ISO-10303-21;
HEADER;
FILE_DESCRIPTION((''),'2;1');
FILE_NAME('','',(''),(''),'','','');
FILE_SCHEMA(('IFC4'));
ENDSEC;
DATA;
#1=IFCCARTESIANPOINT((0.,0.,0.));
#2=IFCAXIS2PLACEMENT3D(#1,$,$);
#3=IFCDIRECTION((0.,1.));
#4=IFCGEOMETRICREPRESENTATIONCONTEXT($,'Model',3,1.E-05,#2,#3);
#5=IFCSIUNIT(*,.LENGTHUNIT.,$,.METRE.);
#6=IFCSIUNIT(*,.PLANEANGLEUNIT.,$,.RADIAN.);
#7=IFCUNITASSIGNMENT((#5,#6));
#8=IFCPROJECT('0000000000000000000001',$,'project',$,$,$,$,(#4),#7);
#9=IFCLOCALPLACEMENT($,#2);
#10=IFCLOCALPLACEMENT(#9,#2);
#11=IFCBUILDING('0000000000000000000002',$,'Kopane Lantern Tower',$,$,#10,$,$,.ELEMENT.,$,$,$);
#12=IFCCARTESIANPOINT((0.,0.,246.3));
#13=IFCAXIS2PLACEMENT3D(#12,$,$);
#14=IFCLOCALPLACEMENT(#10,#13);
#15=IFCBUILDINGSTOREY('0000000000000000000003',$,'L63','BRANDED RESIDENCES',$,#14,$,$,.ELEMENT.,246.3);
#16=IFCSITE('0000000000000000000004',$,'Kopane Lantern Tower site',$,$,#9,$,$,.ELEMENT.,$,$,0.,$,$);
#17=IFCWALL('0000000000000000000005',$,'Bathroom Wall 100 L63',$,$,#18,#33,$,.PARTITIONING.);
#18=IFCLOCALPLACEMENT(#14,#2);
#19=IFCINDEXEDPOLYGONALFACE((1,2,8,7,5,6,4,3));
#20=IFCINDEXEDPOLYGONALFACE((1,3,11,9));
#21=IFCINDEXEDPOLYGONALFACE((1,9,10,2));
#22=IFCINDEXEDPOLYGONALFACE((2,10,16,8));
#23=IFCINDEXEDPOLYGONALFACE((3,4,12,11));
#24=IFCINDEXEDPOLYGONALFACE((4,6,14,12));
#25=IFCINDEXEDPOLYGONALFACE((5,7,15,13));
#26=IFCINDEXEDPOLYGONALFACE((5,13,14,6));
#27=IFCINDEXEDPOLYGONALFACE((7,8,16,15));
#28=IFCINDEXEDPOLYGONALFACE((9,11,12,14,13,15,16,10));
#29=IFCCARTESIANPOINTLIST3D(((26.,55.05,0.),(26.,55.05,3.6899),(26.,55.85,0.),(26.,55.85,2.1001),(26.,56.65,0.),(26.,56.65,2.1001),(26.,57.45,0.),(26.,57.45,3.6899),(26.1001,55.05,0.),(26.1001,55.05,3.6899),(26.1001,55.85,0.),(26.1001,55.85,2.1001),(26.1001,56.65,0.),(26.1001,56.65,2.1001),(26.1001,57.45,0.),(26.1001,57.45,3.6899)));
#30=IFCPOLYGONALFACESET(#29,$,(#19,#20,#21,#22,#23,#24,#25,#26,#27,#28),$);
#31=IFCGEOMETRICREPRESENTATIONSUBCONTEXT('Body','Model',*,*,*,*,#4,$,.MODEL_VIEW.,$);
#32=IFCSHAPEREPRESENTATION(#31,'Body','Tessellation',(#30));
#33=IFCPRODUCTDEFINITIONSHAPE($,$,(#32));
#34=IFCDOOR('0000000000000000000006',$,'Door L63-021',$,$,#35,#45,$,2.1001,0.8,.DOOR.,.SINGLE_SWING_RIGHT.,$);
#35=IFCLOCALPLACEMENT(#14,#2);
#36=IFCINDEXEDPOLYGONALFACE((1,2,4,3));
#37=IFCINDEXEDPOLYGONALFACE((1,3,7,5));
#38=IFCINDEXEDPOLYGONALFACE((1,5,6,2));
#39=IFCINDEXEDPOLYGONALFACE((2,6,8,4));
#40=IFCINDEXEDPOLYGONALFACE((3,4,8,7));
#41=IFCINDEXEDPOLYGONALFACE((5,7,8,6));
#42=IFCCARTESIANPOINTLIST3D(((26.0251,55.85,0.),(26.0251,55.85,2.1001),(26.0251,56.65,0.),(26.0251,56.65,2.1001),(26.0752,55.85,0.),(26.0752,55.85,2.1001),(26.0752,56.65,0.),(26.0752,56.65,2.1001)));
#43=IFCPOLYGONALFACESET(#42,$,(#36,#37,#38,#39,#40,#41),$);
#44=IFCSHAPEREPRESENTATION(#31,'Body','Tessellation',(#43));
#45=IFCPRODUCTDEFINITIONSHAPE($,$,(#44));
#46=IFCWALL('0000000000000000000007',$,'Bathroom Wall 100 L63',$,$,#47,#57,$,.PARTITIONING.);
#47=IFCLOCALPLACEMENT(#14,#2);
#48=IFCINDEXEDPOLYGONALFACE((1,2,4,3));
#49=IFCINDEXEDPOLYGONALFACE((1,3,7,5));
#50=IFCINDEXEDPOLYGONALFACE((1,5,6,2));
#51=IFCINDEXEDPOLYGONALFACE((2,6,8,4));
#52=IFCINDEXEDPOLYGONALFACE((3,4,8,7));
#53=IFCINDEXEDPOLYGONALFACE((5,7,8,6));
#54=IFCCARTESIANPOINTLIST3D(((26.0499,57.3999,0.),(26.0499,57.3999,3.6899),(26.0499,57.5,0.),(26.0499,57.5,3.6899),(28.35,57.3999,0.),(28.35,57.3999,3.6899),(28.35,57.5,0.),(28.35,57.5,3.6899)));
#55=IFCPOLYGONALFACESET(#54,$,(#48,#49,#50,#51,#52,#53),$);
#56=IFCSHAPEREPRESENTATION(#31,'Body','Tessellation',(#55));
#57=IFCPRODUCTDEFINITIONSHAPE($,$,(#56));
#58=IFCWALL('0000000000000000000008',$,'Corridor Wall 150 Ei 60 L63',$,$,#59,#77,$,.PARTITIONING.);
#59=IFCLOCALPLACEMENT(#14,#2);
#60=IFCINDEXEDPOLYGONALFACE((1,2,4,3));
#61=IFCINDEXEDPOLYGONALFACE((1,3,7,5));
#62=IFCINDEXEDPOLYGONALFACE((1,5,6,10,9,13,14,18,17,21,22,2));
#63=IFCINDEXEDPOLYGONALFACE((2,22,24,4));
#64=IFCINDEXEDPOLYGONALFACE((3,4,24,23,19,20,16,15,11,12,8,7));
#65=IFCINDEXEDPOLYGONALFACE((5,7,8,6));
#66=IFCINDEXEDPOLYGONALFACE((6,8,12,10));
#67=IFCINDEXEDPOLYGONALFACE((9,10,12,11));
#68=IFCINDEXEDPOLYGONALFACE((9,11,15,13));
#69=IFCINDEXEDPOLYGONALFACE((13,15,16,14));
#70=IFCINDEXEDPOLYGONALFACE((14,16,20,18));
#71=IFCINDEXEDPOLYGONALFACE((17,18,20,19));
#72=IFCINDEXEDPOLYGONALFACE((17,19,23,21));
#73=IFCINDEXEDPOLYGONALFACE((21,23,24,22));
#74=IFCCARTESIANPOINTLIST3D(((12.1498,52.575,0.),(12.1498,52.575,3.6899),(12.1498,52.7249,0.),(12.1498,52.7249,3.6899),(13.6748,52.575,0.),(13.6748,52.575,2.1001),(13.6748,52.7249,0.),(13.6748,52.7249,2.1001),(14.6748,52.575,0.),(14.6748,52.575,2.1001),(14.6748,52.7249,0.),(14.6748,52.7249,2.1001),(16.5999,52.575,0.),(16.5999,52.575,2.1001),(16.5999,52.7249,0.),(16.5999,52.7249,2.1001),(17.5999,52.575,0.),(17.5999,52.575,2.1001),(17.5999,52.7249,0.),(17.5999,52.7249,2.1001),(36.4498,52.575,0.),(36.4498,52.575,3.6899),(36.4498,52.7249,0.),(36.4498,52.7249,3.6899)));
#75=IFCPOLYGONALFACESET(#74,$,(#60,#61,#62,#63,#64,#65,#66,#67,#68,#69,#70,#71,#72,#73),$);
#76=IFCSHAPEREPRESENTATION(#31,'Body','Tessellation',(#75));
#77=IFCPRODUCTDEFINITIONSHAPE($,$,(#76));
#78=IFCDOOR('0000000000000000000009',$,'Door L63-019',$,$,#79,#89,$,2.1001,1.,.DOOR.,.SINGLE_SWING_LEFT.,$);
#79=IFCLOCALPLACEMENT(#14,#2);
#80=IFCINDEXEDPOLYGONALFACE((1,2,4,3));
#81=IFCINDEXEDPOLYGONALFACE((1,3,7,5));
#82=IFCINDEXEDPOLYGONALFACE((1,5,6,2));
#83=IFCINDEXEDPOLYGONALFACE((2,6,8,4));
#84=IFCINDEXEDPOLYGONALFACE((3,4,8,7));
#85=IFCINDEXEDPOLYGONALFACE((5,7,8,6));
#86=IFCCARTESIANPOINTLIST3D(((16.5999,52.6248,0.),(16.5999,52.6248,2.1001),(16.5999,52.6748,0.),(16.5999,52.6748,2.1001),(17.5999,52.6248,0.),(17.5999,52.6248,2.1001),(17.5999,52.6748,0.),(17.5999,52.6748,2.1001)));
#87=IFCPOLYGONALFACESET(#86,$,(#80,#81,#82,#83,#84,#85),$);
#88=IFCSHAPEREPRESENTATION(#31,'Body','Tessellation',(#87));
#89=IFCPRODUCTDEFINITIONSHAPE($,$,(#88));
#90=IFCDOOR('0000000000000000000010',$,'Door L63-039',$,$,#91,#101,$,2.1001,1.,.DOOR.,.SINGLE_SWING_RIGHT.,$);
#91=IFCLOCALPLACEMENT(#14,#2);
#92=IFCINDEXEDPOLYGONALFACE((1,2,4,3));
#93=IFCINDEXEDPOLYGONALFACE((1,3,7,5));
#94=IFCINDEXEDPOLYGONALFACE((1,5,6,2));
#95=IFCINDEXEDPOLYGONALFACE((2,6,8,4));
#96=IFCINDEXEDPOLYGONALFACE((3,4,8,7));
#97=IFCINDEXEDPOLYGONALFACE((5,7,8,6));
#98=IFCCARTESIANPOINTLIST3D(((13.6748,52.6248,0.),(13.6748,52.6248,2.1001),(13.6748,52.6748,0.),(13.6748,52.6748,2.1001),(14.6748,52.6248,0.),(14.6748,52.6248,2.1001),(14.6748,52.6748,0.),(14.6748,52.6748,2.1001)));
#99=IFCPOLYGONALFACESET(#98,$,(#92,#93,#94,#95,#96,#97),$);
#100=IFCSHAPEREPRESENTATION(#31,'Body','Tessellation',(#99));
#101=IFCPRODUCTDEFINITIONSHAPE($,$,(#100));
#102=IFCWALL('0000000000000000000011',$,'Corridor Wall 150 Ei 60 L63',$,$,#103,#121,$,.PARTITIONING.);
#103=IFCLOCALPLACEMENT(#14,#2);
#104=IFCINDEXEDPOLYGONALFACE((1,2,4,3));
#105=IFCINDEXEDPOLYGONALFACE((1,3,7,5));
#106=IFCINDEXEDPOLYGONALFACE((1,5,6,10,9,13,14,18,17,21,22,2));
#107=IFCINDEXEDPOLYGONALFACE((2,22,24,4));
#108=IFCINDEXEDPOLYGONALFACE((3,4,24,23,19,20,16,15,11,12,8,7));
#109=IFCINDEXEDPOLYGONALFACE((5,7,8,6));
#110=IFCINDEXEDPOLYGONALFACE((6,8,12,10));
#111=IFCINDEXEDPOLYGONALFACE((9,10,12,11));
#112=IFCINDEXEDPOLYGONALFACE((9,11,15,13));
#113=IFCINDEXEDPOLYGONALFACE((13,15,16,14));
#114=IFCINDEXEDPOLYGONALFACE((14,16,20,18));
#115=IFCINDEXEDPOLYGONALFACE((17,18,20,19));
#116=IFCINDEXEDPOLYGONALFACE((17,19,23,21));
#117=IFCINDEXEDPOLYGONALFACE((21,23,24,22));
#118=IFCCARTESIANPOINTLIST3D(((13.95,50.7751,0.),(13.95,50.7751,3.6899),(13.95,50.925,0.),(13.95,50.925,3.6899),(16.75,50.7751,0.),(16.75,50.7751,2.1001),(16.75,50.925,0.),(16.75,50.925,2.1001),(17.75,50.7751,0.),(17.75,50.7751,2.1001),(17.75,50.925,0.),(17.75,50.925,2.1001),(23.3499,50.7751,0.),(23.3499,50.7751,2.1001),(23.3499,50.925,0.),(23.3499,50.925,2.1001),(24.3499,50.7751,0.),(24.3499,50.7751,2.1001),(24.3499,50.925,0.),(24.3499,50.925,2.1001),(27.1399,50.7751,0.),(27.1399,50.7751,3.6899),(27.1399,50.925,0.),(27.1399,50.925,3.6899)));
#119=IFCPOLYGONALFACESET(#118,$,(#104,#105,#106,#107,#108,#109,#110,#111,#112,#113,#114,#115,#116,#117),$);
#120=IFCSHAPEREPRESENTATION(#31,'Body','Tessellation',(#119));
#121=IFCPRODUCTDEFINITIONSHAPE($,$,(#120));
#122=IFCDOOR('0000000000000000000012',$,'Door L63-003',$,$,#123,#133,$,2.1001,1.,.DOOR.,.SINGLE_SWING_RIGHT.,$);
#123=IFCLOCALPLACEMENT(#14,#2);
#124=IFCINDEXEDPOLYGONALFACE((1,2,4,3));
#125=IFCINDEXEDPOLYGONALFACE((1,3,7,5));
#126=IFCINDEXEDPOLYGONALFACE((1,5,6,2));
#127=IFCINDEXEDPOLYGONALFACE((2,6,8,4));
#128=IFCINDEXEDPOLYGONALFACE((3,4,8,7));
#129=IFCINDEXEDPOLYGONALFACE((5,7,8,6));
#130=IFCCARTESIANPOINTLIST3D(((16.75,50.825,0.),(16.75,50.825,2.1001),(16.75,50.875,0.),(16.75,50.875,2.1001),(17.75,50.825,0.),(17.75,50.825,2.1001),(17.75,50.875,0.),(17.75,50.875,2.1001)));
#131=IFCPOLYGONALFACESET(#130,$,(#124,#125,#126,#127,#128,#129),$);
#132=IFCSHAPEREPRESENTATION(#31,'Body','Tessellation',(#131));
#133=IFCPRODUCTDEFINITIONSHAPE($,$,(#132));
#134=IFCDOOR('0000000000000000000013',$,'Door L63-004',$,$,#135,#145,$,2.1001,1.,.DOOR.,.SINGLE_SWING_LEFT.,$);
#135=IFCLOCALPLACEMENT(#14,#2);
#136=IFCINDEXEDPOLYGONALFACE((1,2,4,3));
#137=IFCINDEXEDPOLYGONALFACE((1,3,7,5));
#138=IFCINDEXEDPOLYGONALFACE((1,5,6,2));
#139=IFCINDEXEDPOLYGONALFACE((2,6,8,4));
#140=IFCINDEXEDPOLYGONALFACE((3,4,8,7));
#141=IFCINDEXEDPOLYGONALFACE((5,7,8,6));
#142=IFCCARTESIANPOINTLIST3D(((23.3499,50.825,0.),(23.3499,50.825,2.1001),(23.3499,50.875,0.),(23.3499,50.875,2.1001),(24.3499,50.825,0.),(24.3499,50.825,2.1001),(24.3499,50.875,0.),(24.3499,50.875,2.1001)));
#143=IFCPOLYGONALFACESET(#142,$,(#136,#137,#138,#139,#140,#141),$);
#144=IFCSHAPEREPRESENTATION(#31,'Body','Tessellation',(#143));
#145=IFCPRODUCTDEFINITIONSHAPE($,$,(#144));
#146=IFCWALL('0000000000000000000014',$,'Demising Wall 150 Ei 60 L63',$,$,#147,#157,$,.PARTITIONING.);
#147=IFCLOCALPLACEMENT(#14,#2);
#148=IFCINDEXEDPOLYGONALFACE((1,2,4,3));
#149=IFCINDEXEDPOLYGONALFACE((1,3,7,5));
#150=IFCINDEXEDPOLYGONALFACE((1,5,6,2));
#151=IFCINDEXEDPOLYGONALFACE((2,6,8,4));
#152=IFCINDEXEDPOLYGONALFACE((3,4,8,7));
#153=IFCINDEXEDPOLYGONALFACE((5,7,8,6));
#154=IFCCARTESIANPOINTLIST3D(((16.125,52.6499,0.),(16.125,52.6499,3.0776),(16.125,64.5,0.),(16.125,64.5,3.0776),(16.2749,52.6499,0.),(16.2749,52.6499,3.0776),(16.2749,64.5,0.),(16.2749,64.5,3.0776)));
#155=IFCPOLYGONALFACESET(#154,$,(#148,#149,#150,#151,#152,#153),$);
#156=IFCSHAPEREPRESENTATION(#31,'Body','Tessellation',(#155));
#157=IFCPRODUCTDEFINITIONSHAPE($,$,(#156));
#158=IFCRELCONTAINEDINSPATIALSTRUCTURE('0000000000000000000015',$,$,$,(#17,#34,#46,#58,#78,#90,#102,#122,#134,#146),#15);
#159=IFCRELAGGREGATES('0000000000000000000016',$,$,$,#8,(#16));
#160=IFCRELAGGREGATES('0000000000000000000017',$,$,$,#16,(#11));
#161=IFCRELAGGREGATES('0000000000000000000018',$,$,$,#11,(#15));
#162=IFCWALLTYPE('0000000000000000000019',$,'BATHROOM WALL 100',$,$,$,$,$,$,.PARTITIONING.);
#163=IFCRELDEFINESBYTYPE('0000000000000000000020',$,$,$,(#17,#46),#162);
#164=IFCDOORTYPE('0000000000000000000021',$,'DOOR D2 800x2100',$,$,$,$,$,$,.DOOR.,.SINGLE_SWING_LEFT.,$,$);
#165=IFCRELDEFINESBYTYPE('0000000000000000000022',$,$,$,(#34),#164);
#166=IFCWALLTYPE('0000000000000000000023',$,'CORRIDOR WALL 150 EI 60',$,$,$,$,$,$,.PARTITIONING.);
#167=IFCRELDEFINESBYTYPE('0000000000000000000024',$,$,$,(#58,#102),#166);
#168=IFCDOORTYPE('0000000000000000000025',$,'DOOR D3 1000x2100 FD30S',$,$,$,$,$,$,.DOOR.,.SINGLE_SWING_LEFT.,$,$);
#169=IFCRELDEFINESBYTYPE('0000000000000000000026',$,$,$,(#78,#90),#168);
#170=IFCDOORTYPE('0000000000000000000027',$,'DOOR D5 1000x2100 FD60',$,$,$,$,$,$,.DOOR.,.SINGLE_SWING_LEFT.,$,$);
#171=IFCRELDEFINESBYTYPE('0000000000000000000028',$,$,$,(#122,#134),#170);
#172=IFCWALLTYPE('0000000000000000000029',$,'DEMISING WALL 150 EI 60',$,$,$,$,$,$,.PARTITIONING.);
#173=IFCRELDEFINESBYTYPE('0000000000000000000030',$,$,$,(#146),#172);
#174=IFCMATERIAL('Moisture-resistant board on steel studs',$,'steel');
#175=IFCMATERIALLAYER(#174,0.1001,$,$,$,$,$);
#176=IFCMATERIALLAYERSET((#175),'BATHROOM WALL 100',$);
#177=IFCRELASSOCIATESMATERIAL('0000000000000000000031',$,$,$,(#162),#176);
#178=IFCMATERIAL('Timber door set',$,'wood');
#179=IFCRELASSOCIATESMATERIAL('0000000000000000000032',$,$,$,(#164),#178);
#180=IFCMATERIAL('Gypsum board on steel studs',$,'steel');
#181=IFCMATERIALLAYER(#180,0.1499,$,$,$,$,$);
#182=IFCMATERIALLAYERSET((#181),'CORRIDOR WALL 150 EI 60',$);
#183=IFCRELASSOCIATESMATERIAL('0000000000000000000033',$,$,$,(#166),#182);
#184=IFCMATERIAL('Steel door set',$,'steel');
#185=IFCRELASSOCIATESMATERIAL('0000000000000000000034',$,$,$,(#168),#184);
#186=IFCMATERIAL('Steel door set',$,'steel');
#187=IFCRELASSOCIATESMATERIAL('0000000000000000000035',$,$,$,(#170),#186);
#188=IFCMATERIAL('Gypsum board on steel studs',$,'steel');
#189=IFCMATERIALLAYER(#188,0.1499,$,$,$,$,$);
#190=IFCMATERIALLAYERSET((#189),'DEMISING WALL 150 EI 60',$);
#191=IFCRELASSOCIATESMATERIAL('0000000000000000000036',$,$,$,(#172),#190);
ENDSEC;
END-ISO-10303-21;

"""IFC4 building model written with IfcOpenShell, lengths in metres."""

from ifc_helpers import new_model, si_unit, direction, frame, frame_2d, origin, place, context, subcontext, project, spatial, rectangle, extrude, material, layer, layer_set, type_object, element, fill, save


model = new_model("IFC4")

# Units and contexts
model_context = context("Model", 3, precision=1e-05, world=origin(), true_north=direction((0.0, 1.0)))
body_context = subcontext(model_context, "Body", "Model", "MODEL_VIEW")
ifc_project = project(units=[si_unit("LENGTHUNIT", "METRE"), si_unit("PLANEANGLEUNIT", "RADIAN")], contexts=[model_context])

# Site, building, storey
site_placement = place(None, origin())
site = spatial("IfcSite", under=ifc_project, at=site_placement, Name="Kopane Lantern Tower site", CompositionType="ELEMENT", RefElevation=0.0)
building_placement = place(site_placement, origin())
building = spatial("IfcBuilding", under=site, at=building_placement, Name="Kopane Lantern Tower", CompositionType="ELEMENT")
storey_placement = place(building_placement, frame((0.0, 0.0, 246.3)))
storey = spatial("IfcBuildingStorey", under=building, at=storey_placement, Name="L63", Description="BRANDED RESIDENCES", CompositionType="ELEMENT", Elevation=246.3)

# Wall, opening, door
ifc_material_1 = material(Name="Moisture-resistant board on steel studs", Category="steel")
ifc_layer_1 = layer(ifc_material_1, 0.1001)
ifc_layer_set_1 = layer_set([ifc_layer_1], Name="BATHROOM WALL 100")
wall_type_1 = type_object("IfcWallType", Name="BATHROOM WALL 100", PredefinedType="PARTITIONING", material=ifc_layer_set_1)
wall_1_placement = place(storey_placement, frame((26.05, 55.05, 0.0), z_axis=(0.0, 0.0, 1.0), x_axis=(0.0, 1.0, 0.0)))
wall_1 = element("IfcWall", 1, at=wall_1_placement, inside=storey, type_object=wall_type_1, Name="Bathroom Wall 100 L63", PredefinedType="PARTITIONING", context=body_context, shape_type="SweptSolid", body=[
    extrude(rectangle(XDim=2.3999, YDim=0.1001, at=frame_2d((1.2, 0.0))), origin(), (0.0, 0.0, 1.0), 3.6899),
])
opening_1_placement = place(wall_1_placement, frame((0.8, 0.0, 0.0)))
opening_1 = element("IfcOpeningElement", 2, at=opening_1_placement, cuts=wall_1, PredefinedType="OPENING", context=body_context, shape_type="SweptSolid", body=[
    extrude(rectangle(XDim=0.8, YDim=2.1001, at=frame_2d((0.3999, 1.05))), frame((0.0, 0.0601, 0.0), z_axis=(0.0, -1.0, 0.0), x_axis=(1.0, 0.0, 0.0)), (0.0, 0.0, 1.0), 0.1201),
])
ifc_material_2 = material(Name="Timber door set", Category="wood")
door_type_1 = type_object("IfcDoorType", Name="DOOR D2 800x2100", OperationType="SINGLE_SWING_LEFT", PredefinedType="DOOR", material=ifc_material_2)
door_1_placement = place(opening_1_placement, origin())
door_1 = element("IfcDoor", 3, at=door_1_placement, inside=storey, type_object=door_type_1, Name="Door L63-021", OperationType="SINGLE_SWING_RIGHT", OverallHeight=2.1001, OverallWidth=0.8, PredefinedType="DOOR", context=body_context, shape_type="SweptSolid", body=[
    extrude(rectangle(XDim=0.8, YDim=2.1001, at=frame_2d((0.3999, 1.05))), frame((0.0, 0.0249, 0.0), z_axis=(0.0, -1.0, 0.0), x_axis=(1.0, 0.0, 0.0)), (0.0, 0.0, 1.0), 0.05),
])
fill(opening_1, door_1)

# Wall
wall_2_placement = place(storey_placement, frame((26.05, 57.45, 0.0), z_axis=(0.0, 0.0, 1.0), x_axis=(1.0, 0.0, 0.0)))
element("IfcWall", 4, at=wall_2_placement, inside=storey, type_object=wall_type_1, Name="Bathroom Wall 100 L63", PredefinedType="PARTITIONING", context=body_context, shape_type="SweptSolid", body=[
    extrude(rectangle(XDim=2.3, YDim=0.1001, at=frame_2d((1.1499, 0.0))), origin(), (0.0, 0.0, 1.0), 3.6899),
])

# Walls, openings, doors
ifc_material_3 = material(Name="Gypsum board on steel studs", Category="steel")
ifc_layer_2 = layer(ifc_material_3, 0.1499)
ifc_layer_set_2 = layer_set([ifc_layer_2], Name="CORRIDOR WALL 150 EI 60")
wall_type_2 = type_object("IfcWallType", Name="CORRIDOR WALL 150 EI 60", PredefinedType="PARTITIONING", material=ifc_layer_set_2)
wall_3_placement = place(storey_placement, frame((12.1499, 52.6499, 0.0), z_axis=(0.0, 0.0, 1.0), x_axis=(1.0, 0.0, 0.0)))
wall_3 = element("IfcWall", 5, at=wall_3_placement, inside=storey, type_object=wall_type_2, Name="Corridor Wall 150 Ei 60 L63", PredefinedType="PARTITIONING", context=body_context, shape_type="SweptSolid", body=[
    extrude(rectangle(XDim=24.3, YDim=0.1499, at=frame_2d((12.1499, 0.0))), origin(), (0.0, 0.0, 1.0), 3.6899),
])
opening_2_placement = place(wall_3_placement, frame((4.45, 0.0, 0.0)))
opening_2 = element("IfcOpeningElement", 6, at=opening_2_placement, cuts=wall_3, PredefinedType="OPENING", context=body_context, shape_type="SweptSolid", body=[
    extrude(rectangle(XDim=1.0, YDim=2.1001, at=frame_2d((0.5, 1.05))), frame((0.0, 0.085, 0.0), z_axis=(0.0, -1.0, 0.0), x_axis=(1.0, 0.0, 0.0)), (0.0, 0.0, 1.0), 0.1699),
])
opening_3_placement = place(wall_3_placement, frame((1.5249, 0.0, 0.0)))
opening_3 = element("IfcOpeningElement", 7, at=opening_3_placement, cuts=wall_3, PredefinedType="OPENING", context=body_context, shape_type="SweptSolid", body=[
    extrude(rectangle(XDim=1.0, YDim=2.1001, at=frame_2d((0.5, 1.05))), frame((0.0, 0.085, 0.0), z_axis=(0.0, -1.0, 0.0), x_axis=(1.0, 0.0, 0.0)), (0.0, 0.0, 1.0), 0.1699),
])
ifc_material_4 = material(Name="Steel door set", Category="steel")
door_type_2 = type_object("IfcDoorType", Name="DOOR D3 1000x2100 FD30S", OperationType="SINGLE_SWING_LEFT", PredefinedType="DOOR", material=ifc_material_4)
door_2_placement = place(opening_2_placement, origin())
door_2 = element("IfcDoor", 8, at=door_2_placement, inside=storey, type_object=door_type_2, Name="Door L63-019", OperationType="SINGLE_SWING_LEFT", OverallHeight=2.1001, OverallWidth=1.0, PredefinedType="DOOR", context=body_context, shape_type="SweptSolid", body=[
    extrude(rectangle(XDim=1.0, YDim=2.1001, at=frame_2d((0.5, 1.05))), frame((0.0, 0.0249, 0.0), z_axis=(0.0, -1.0, 0.0), x_axis=(1.0, 0.0, 0.0)), (0.0, 0.0, 1.0), 0.05),
])
fill(opening_2, door_2)
door_3_placement = place(opening_3_placement, origin())
door_3 = element("IfcDoor", 9, at=door_3_placement, inside=storey, type_object=door_type_2, Name="Door L63-039", OperationType="SINGLE_SWING_RIGHT", OverallHeight=2.1001, OverallWidth=1.0, PredefinedType="DOOR", context=body_context, shape_type="SweptSolid", body=[
    extrude(rectangle(XDim=1.0, YDim=2.1001, at=frame_2d((0.5, 1.05))), frame((0.0, 0.0249, 0.0), z_axis=(0.0, -1.0, 0.0), x_axis=(1.0, 0.0, 0.0)), (0.0, 0.0, 1.0), 0.05),
])
fill(opening_3, door_3)
wall_4_placement = place(storey_placement, frame((13.95, 50.8501, 0.0), z_axis=(0.0, 0.0, 1.0), x_axis=(1.0, 0.0, 0.0)))
wall_4 = element("IfcWall", 10, at=wall_4_placement, inside=storey, type_object=wall_type_2, Name="Corridor Wall 150 Ei 60 L63", PredefinedType="PARTITIONING", context=body_context, shape_type="SweptSolid", body=[
    extrude(rectangle(XDim=13.1899, YDim=0.1499, at=frame_2d((6.595, 0.0))), origin(), (0.0, 0.0, 1.0), 3.6899),
])
opening_4_placement = place(wall_4_placement, frame((2.8, 0.0, 0.0)))
opening_4 = element("IfcOpeningElement", 11, at=opening_4_placement, cuts=wall_4, PredefinedType="OPENING", context=body_context, shape_type="SweptSolid", body=[
    extrude(rectangle(XDim=1.0, YDim=2.1001, at=frame_2d((0.5, 1.05))), frame((0.0, 0.085, 0.0), z_axis=(0.0, -1.0, 0.0), x_axis=(1.0, 0.0, 0.0)), (0.0, 0.0, 1.0), 0.1699),
])
opening_5_placement = place(wall_4_placement, frame((9.3999, 0.0, 0.0)))
opening_5 = element("IfcOpeningElement", 12, at=opening_5_placement, cuts=wall_4, PredefinedType="OPENING", context=body_context, shape_type="SweptSolid", body=[
    extrude(rectangle(XDim=1.0, YDim=2.1001, at=frame_2d((0.5, 1.05))), frame((0.0, 0.085, 0.0), z_axis=(0.0, -1.0, 0.0), x_axis=(1.0, 0.0, 0.0)), (0.0, 0.0, 1.0), 0.1699),
])
ifc_material_5 = material(Name="Steel door set", Category="steel")
door_type_3 = type_object("IfcDoorType", Name="DOOR D5 1000x2100 FD60", OperationType="SINGLE_SWING_LEFT", PredefinedType="DOOR", material=ifc_material_5)
door_4_placement = place(opening_4_placement, origin())
door_4 = element("IfcDoor", 13, at=door_4_placement, inside=storey, type_object=door_type_3, Name="Door L63-003", OperationType="SINGLE_SWING_RIGHT", OverallHeight=2.1001, OverallWidth=1.0, PredefinedType="DOOR", context=body_context, shape_type="SweptSolid", body=[
    extrude(rectangle(XDim=1.0, YDim=2.1001, at=frame_2d((0.5, 1.05))), frame((0.0, 0.0249, 0.0), z_axis=(0.0, -1.0, 0.0), x_axis=(1.0, 0.0, 0.0)), (0.0, 0.0, 1.0), 0.05),
])
fill(opening_4, door_4)
door_5_placement = place(opening_5_placement, origin())
door_5 = element("IfcDoor", 14, at=door_5_placement, inside=storey, type_object=door_type_3, Name="Door L63-004", OperationType="SINGLE_SWING_LEFT", OverallHeight=2.1001, OverallWidth=1.0, PredefinedType="DOOR", context=body_context, shape_type="SweptSolid", body=[
    extrude(rectangle(XDim=1.0, YDim=2.1001, at=frame_2d((0.5, 1.05))), frame((0.0, 0.0249, 0.0), z_axis=(0.0, -1.0, 0.0), x_axis=(1.0, 0.0, 0.0)), (0.0, 0.0, 1.0), 0.05),
])
fill(opening_5, door_5)

# Wall
ifc_material_6 = material(Name="Gypsum board on steel studs", Category="steel")
ifc_layer_3 = layer(ifc_material_6, 0.1499)
ifc_layer_set_3 = layer_set([ifc_layer_3], Name="DEMISING WALL 150 EI 60")
wall_type_3 = type_object("IfcWallType", Name="DEMISING WALL 150 EI 60", PredefinedType="PARTITIONING", material=ifc_layer_set_3)
wall_5_placement = place(storey_placement, frame((16.2, 52.6499, 0.0), z_axis=(0.0, 0.0, 1.0), x_axis=(0.0, 1.0, 0.0)))
element("IfcWall", 15, at=wall_5_placement, inside=storey, type_object=wall_type_3, Name="Demising Wall 150 Ei 60 L63", PredefinedType="PARTITIONING", context=body_context, shape_type="SweptSolid", body=[
    extrude(rectangle(XDim=11.8501, YDim=0.1499, at=frame_2d((5.925, 0.0))), origin(), (0.0, 0.0, 1.0), 3.0776),
])

save(model, "model.ifc")
